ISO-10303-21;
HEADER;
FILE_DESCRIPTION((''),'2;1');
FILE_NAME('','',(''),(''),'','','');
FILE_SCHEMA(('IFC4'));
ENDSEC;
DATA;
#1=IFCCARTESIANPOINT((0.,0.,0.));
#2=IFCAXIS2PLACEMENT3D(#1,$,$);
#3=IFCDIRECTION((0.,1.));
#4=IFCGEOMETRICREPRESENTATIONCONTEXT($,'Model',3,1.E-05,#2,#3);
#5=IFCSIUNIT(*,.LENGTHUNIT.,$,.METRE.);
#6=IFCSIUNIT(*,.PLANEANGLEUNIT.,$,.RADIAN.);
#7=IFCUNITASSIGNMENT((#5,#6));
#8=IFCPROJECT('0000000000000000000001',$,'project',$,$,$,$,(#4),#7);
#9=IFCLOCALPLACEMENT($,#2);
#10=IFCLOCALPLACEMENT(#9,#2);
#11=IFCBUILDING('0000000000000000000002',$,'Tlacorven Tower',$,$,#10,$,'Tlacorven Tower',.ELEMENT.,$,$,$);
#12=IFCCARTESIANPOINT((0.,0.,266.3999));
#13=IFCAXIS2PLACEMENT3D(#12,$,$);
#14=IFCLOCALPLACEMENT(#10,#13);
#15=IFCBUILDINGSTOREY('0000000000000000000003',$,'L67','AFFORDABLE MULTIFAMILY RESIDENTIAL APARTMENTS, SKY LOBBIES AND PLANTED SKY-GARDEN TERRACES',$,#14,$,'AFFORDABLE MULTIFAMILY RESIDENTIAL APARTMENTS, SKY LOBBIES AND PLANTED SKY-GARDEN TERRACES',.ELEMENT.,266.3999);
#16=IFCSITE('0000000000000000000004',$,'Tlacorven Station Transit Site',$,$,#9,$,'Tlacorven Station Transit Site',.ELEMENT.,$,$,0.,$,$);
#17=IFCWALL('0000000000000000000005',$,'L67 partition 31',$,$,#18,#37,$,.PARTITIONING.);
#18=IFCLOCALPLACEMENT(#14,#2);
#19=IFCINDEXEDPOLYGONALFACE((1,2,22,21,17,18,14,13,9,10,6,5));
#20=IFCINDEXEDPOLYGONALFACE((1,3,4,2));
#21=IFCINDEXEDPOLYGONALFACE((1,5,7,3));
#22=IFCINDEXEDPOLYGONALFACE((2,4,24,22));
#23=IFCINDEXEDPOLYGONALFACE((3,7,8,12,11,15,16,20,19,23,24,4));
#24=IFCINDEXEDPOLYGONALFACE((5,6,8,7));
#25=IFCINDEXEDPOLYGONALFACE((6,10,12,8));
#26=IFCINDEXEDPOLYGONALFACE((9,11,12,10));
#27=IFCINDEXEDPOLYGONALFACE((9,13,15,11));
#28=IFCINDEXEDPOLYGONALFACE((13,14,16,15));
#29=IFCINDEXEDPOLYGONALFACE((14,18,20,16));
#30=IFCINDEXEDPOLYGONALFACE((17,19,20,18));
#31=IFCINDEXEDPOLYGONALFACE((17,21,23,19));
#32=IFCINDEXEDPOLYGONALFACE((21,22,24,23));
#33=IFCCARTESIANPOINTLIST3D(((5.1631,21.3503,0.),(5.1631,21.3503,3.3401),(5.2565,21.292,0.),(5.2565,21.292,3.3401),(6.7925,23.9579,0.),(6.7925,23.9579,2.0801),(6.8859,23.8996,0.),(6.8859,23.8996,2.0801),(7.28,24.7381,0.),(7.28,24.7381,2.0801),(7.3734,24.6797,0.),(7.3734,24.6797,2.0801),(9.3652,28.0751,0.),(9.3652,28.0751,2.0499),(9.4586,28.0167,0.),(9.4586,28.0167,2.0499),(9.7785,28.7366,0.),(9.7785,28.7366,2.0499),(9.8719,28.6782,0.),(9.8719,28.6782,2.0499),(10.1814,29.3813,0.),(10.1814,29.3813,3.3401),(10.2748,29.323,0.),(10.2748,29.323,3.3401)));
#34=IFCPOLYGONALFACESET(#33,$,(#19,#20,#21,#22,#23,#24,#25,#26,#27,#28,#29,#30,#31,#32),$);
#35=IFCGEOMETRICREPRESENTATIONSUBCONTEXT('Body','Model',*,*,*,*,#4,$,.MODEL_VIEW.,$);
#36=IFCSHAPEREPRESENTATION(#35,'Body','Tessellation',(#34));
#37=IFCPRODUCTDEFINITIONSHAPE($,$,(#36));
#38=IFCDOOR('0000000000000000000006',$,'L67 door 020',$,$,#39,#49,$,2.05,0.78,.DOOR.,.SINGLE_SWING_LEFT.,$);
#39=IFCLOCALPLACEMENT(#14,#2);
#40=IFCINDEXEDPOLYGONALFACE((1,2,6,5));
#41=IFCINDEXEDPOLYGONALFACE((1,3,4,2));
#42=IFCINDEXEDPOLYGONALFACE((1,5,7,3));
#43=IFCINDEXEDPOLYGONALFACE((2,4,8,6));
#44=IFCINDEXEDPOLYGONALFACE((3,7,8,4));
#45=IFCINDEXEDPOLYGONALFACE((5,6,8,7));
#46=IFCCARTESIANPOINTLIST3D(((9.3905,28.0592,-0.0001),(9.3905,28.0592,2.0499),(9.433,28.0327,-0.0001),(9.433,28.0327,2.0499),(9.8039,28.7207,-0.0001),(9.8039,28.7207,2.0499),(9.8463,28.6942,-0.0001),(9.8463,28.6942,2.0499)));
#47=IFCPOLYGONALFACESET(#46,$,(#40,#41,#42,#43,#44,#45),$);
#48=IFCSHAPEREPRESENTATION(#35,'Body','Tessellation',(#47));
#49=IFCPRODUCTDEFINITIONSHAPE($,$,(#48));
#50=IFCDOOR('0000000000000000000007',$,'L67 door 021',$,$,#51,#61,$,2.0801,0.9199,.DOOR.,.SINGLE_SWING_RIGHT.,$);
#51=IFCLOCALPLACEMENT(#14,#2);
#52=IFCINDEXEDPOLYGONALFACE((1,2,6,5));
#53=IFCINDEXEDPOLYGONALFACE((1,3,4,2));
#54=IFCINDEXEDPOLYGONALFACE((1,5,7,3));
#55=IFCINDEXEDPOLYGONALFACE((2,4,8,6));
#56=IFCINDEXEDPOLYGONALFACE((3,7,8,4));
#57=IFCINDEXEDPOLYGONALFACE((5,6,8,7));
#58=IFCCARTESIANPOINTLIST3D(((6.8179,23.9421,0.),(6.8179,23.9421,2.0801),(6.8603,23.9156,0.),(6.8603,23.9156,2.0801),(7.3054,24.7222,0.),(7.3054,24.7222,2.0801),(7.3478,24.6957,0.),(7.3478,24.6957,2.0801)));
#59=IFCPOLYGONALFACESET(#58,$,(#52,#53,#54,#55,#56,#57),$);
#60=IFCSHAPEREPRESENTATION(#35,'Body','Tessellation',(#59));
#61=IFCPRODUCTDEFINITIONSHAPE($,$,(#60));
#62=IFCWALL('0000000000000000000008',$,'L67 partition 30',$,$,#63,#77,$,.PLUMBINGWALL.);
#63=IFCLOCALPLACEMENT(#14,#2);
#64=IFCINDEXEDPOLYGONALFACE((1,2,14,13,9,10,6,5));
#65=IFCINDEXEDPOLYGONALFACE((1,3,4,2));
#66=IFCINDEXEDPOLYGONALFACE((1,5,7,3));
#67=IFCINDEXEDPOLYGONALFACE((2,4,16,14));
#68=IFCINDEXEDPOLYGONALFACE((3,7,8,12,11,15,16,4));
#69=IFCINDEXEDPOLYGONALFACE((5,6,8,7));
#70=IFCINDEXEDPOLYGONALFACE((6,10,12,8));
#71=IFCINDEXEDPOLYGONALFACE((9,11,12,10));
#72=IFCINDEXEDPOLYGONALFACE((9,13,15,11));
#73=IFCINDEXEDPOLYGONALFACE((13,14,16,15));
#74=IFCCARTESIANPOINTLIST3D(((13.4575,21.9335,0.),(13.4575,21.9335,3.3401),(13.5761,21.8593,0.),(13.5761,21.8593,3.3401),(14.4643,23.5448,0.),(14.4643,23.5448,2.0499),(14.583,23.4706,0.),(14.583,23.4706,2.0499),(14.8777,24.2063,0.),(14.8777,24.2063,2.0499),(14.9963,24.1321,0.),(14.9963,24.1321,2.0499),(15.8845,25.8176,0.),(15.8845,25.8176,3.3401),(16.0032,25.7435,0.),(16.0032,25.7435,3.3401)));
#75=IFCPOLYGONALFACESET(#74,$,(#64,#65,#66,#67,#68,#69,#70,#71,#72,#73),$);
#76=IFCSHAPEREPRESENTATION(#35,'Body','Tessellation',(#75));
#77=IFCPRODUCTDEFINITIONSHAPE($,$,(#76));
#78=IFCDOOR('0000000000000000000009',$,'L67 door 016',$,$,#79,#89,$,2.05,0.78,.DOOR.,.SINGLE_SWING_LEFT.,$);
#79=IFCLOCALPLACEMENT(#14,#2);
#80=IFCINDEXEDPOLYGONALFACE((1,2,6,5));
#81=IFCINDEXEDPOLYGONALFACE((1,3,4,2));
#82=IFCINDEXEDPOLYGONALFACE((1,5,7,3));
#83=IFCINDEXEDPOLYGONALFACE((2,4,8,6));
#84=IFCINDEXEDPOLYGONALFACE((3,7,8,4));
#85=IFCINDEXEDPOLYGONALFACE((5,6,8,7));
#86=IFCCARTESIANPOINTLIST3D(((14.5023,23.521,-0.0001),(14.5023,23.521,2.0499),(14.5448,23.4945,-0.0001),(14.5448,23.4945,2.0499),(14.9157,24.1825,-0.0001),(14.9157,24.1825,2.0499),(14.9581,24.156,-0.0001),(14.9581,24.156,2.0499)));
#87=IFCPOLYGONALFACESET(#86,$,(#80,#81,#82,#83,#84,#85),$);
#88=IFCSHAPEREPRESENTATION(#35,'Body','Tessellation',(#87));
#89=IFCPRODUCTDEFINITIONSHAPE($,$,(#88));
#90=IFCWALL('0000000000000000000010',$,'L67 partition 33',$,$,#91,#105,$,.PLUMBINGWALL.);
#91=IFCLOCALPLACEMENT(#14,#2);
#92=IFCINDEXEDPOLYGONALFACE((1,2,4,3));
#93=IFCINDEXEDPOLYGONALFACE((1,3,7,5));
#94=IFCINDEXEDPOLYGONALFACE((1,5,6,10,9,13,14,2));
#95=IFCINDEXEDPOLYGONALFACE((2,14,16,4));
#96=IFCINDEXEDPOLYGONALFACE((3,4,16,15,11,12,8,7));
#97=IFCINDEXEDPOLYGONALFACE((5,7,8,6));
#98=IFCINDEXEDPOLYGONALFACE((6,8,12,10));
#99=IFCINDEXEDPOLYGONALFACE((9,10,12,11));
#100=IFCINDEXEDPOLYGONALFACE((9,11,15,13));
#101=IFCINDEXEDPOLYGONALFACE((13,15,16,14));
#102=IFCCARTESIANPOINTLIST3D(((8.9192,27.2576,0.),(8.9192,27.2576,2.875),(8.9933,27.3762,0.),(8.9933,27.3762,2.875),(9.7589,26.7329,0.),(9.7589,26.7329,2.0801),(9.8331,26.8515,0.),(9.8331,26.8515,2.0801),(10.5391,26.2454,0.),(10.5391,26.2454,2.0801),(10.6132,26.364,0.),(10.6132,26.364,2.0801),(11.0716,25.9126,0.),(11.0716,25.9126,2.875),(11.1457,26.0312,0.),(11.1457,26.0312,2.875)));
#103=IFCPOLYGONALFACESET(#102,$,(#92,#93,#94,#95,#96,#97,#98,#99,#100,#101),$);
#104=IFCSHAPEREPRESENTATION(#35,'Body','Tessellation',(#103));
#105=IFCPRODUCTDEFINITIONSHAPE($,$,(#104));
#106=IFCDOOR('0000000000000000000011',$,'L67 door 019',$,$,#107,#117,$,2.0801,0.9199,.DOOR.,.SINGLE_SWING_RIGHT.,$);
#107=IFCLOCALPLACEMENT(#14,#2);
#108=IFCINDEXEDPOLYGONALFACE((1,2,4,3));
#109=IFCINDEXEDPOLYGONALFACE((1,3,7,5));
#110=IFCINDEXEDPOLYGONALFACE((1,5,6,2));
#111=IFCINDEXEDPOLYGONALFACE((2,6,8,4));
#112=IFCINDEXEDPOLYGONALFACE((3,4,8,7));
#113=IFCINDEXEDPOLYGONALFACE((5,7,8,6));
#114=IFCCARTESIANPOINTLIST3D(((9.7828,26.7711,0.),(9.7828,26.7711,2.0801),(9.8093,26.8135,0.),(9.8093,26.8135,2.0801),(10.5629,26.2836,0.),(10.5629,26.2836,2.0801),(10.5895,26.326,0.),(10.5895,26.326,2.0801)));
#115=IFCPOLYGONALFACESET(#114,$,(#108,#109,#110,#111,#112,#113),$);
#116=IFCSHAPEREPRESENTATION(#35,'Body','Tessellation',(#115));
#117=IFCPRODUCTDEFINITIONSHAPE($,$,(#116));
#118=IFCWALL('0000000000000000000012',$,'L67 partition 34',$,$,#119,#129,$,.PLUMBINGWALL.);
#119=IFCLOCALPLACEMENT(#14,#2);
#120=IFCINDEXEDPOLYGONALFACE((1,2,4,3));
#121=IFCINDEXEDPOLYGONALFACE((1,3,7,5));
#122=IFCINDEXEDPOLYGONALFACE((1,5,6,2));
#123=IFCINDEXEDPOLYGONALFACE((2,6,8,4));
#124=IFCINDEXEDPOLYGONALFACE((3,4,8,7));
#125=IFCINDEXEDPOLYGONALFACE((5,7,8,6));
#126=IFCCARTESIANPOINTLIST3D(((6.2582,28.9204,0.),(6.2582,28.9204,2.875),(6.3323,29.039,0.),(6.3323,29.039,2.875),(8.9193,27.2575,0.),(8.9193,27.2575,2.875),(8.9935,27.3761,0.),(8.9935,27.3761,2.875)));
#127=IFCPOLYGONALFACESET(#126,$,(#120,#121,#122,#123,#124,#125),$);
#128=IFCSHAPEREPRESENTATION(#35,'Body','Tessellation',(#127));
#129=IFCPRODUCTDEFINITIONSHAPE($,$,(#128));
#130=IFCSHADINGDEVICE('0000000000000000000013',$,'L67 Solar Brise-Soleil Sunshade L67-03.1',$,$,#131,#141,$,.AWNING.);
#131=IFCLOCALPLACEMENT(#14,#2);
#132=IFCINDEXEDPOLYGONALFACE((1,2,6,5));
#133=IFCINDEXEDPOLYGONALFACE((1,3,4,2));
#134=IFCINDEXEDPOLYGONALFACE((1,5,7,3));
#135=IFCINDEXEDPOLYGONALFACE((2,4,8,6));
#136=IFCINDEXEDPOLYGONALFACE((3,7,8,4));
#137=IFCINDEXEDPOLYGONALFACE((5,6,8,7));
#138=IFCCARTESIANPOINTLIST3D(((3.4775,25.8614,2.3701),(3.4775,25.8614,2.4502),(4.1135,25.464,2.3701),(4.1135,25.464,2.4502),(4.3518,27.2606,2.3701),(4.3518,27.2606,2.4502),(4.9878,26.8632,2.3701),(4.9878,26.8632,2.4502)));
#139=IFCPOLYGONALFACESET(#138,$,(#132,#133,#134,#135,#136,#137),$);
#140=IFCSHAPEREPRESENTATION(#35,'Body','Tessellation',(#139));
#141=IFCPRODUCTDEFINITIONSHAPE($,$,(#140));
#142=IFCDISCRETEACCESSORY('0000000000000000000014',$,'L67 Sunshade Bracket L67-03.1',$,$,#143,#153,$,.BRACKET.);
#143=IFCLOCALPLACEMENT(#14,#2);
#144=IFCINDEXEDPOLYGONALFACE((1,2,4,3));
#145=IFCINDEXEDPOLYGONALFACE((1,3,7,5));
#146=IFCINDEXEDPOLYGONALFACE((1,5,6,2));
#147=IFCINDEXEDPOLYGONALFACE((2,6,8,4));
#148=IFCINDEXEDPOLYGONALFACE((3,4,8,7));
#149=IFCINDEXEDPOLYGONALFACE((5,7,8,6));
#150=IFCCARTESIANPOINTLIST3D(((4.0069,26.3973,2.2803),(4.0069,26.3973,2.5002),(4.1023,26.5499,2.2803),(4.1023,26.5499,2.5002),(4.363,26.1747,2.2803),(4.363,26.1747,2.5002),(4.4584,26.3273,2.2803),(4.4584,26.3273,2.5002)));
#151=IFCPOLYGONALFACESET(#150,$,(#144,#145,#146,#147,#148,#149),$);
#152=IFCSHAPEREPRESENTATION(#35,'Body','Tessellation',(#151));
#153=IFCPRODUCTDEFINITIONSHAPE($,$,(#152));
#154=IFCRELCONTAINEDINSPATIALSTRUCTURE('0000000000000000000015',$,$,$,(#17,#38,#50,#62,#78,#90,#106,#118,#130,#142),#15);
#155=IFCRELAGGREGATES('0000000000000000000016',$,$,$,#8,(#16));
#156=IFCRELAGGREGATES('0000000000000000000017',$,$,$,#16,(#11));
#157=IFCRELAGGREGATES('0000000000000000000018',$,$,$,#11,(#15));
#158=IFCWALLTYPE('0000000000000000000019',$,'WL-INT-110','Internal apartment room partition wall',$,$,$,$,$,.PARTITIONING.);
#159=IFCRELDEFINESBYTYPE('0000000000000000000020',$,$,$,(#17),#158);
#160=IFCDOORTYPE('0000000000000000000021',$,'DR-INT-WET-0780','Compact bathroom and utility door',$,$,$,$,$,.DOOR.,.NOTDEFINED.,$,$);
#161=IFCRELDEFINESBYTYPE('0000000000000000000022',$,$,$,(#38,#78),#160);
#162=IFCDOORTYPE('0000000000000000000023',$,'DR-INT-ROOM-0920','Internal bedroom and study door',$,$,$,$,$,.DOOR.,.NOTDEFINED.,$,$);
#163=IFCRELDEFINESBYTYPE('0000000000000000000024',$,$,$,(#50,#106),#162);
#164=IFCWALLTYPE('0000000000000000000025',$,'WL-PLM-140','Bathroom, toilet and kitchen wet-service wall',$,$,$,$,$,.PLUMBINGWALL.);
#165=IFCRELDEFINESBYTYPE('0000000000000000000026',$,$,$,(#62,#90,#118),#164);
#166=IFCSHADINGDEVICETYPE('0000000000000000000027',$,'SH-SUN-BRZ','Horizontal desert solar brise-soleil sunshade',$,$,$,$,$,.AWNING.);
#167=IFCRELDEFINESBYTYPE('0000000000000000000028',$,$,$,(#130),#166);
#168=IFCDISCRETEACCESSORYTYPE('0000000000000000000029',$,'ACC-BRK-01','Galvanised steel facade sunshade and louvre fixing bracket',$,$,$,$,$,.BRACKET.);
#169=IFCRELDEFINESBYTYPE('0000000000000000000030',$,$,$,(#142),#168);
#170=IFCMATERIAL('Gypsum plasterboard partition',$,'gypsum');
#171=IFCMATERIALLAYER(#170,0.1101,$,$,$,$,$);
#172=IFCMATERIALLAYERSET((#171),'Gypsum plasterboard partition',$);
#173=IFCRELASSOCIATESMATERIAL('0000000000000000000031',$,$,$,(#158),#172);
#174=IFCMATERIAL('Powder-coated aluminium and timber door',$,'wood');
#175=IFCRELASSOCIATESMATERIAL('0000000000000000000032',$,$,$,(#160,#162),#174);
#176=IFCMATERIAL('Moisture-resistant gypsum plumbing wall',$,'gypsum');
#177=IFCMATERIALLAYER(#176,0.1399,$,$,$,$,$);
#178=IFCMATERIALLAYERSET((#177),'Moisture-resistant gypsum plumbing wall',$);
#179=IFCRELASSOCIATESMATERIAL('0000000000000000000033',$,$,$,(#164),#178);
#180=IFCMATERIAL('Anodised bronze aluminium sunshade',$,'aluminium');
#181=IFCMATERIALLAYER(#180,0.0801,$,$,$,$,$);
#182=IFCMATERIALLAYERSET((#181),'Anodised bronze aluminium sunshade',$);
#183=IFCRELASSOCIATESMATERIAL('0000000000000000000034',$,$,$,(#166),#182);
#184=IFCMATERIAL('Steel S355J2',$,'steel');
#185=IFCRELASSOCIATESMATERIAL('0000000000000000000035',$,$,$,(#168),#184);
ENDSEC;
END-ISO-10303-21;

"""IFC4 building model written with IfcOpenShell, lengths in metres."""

from ifc_helpers import new_model, si_unit, direction, frame, frame_2d, origin, origin_2d, place, context, subcontext, project, spatial, rectangle, extrude, source, transform, mapped, material, layer, layer_set, type_object, element, fill, save


model = new_model("IFC4")

# Units and contexts
model_context = context("Model", 3, precision=1e-05, world=origin(), true_north=direction((0.0, 1.0)))
body_context = subcontext(model_context, "Body", "Model", "MODEL_VIEW")
ifc_project = project(units=[si_unit("LENGTHUNIT", "METRE"), si_unit("PLANEANGLEUNIT", "RADIAN")], contexts=[model_context])

# Site, building, storey
site_placement = place(None, origin())
site = spatial("IfcSite", under=ifc_project, at=site_placement, Name="Tlacorven Station Transit Site", LongName="Tlacorven Station Transit Site", CompositionType="ELEMENT", RefElevation=0.0)
building_placement = place(site_placement, origin())
building = spatial("IfcBuilding", under=site, at=building_placement, Name="Tlacorven Tower", LongName="Tlacorven Tower", CompositionType="ELEMENT")
storey_placement = place(building_placement, frame((0.0, 0.0, 266.3999)))
storey = spatial("IfcBuildingStorey", under=building, at=storey_placement, Name="L67", Description="AFFORDABLE MULTIFAMILY RESIDENTIAL APARTMENTS, SKY LOBBIES AND PLANTED SKY-GARDEN TERRACES", LongName="AFFORDABLE MULTIFAMILY RESIDENTIAL APARTMENTS, SKY LOBBIES AND PLANTED SKY-GARDEN TERRACES", CompositionType="ELEMENT", Elevation=266.3999)

# Shared definitions
ifc_material_1 = material(Name="Steel S355J2", Category="steel")

# Wall, openings, doors
ifc_material_2 = material(Name="Gypsum plasterboard partition", Category="gypsum")
ifc_layer_1 = layer(ifc_material_2, 0.1101)
ifc_layer_set_1 = layer_set([ifc_layer_1], Name="Gypsum plasterboard partition")
wall_type_1 = type_object("IfcWallType", Name="WL-INT-110", Description="Internal apartment room partition wall", PredefinedType="PARTITIONING", material=ifc_layer_set_1)
wall_1_placement = place(storey_placement, frame((10.228, 29.3521, 0.0), z_axis=(0.0, 0.0, 1.0), x_axis=(-0.529918, -0.848049, 0.0)))
wall_1 = element("IfcWall", 1, at=wall_1_placement, inside=storey, type_object=wall_type_1, Name="L67 partition 31", PredefinedType="PARTITIONING", context=body_context, shape_type="SweptSolid", body=[
    extrude(rectangle(XDim=9.47, YDim=0.1101, at=frame_2d((4.7349, 0.0))), origin(), (0.0, 0.0, 1.0), 3.3401),
])
opening_1_placement = place(wall_1_placement, frame((0.76, 0.0, 0.0)))
opening_1 = element("IfcOpeningElement", 2, at=opening_1_placement, cuts=wall_1, PredefinedType="OPENING", context=body_context, shape_type="SweptSolid", body=[
    extrude(rectangle(XDim=0.78, YDim=2.05, at=frame_2d((0.3901, 1.0249))), frame((0.0, 0.0649, 0.0), z_axis=(0.0, -1.0, 0.0), x_axis=(1.0, 0.0, 0.0)), (0.0, 0.0, 1.0), 0.1301),
])
opening_2_placement = place(wall_1_placement, frame((5.4751, 0.0, 0.0)))
opening_2 = element("IfcOpeningElement", 3, at=opening_2_placement, cuts=wall_1, PredefinedType="OPENING", context=body_context, shape_type="SweptSolid", body=[
    extrude(rectangle(XDim=0.9199, YDim=2.0801, at=frame_2d((0.46, 1.04))), frame((0.0, 0.0649, 0.0), z_axis=(0.0, -1.0, 0.0), x_axis=(1.0, 0.0, 0.0)), (0.0, 0.0, 1.0), 0.1301),
])
ifc_material_3 = material(Name="Powder-coated aluminium and timber door", Category="wood")
door_type_1 = type_object("IfcDoorType", Name="DR-INT-WET-0780", Description="Compact bathroom and utility door", OperationType="NOTDEFINED", PredefinedType="DOOR", material=ifc_material_3)
shared_shape_1 = source(origin(), body_context, "Body", "SweptSolid", [
    extrude(rectangle(XDim=0.78, YDim=2.05, at=frame_2d((0.3901, 1.0249))), frame((0.0, 0.0249, 0.0), z_axis=(0.0, -1.0, 0.0), x_axis=(1.0, 0.0, 0.0)), (0.0, 0.0, 1.0), 0.05),
])
door_1_placement = place(opening_1_placement, origin())
door_1 = element("IfcDoor", 4, at=door_1_placement, inside=storey, type_object=door_type_1, Name="L67 door 020", OperationType="SINGLE_SWING_LEFT", OverallHeight=2.05, OverallWidth=0.78, PredefinedType="DOOR", context=body_context, shape_type="MappedRepresentation", body=[
    mapped(shared_shape_1, transform((0.0, 0.0, 0.0), scale=1.0)),
])
fill(opening_1, door_1)
door_type_2 = type_object("IfcDoorType", Name="DR-INT-ROOM-0920", Description="Internal bedroom and study door", OperationType="NOTDEFINED", PredefinedType="DOOR", material=ifc_material_3)
shared_shape_2 = source(origin(), body_context, "Body", "SweptSolid", [
    extrude(rectangle(XDim=0.9199, YDim=2.0801, at=frame_2d((0.46, 1.04))), frame((0.0, 0.0249, 0.0), z_axis=(0.0, -1.0, 0.0), x_axis=(1.0, 0.0, 0.0)), (0.0, 0.0, 1.0), 0.05),
])
door_2_placement = place(opening_2_placement, origin())
door_2 = element("IfcDoor", 5, at=door_2_placement, inside=storey, type_object=door_type_2, Name="L67 door 021", OperationType="SINGLE_SWING_RIGHT", OverallHeight=2.0801, OverallWidth=0.9199, PredefinedType="DOOR", context=body_context, shape_type="MappedRepresentation", body=[
    mapped(shared_shape_2, transform((0.0, 0.0, 0.0), scale=1.0)),
])
fill(opening_2, door_2)

# Walls, openings, doors
ifc_material_4 = material(Name="Moisture-resistant gypsum plumbing wall", Category="gypsum")
ifc_layer_2 = layer(ifc_material_4, 0.1399)
ifc_layer_set_2 = layer_set([ifc_layer_2], Name="Moisture-resistant gypsum plumbing wall")
wall_type_2 = type_object("IfcWallType", Name="WL-PLM-140", Description="Bathroom, toilet and kitchen wet-service wall", PredefinedType="PLUMBINGWALL", material=ifc_layer_set_2)
wall_2_placement = place(storey_placement, frame((15.9438, 25.7805, 0.0), z_axis=(0.0, 0.0, 1.0), x_axis=(-0.529917, -0.848049, 0.0)))
wall_2 = element("IfcWall", 6, at=wall_2_placement, inside=storey, type_object=wall_type_2, Name="L67 partition 30", PredefinedType="PLUMBINGWALL", context=body_context, shape_type="SweptSolid", body=[
    extrude(rectangle(XDim=4.5801, YDim=0.1399, at=frame_2d((2.29, 0.0))), origin(), (0.0, 0.0, 1.0), 3.3401),
])
opening_3_placement = place(wall_2_placement, frame((1.8999, 0.0, 0.0)))
opening_3 = element("IfcOpeningElement", 7, at=opening_3_placement, cuts=wall_2, PredefinedType="OPENING", context=body_context, shape_type="SweptSolid", body=[
    extrude(rectangle(XDim=0.78, YDim=2.05, at=frame_2d((0.3901, 1.0249))), frame((0.0, 0.0801, 0.0), z_axis=(0.0, -1.0, 0.0), x_axis=(1.0, 0.0, 0.0)), (0.0, 0.0, 1.0), 0.1599),
])
door_3_placement = place(opening_3_placement, origin())
door_3 = element("IfcDoor", 8, at=door_3_placement, inside=storey, type_object=door_type_1, Name="L67 door 016", OperationType="SINGLE_SWING_LEFT", OverallHeight=2.05, OverallWidth=0.78, PredefinedType="DOOR", context=body_context, shape_type="MappedRepresentation", body=[
    mapped(shared_shape_1, transform((0.0, 0.0, 0.0), scale=1.0)),
])
fill(opening_3, door_3)
wall_3_placement = place(storey_placement, frame((11.1086, 25.9719, 0.0), z_axis=(0.0, 0.0, 1.0), x_axis=(-0.848042, 0.52993, 0.0)))
wall_3 = element("IfcWall", 9, at=wall_3_placement, inside=storey, type_object=wall_type_2, Name="L67 partition 33", PredefinedType="PLUMBINGWALL", context=body_context, shape_type="SweptSolid", body=[
    extrude(rectangle(XDim=2.5381, YDim=0.1399, at=frame_2d((1.269, 0.0))), origin(), (0.0, 0.0, 1.0), 2.875),
])
opening_4_placement = place(wall_3_placement, frame((0.6279, 0.0, 0.0)))
opening_4 = element("IfcOpeningElement", 10, at=opening_4_placement, cuts=wall_3, PredefinedType="OPENING", context=body_context, shape_type="SweptSolid", body=[
    extrude(rectangle(XDim=0.9199, YDim=2.0801, at=frame_2d((0.46, 1.04))), frame((0.0, 0.0801, 0.0), z_axis=(0.0, -1.0, 0.0), x_axis=(1.0, 0.0, 0.0)), (0.0, 0.0, 1.0), 0.1599),
])
door_4_placement = place(opening_4_placement, origin())
door_4 = element("IfcDoor", 11, at=door_4_placement, inside=storey, type_object=door_type_2, Name="L67 door 019", OperationType="SINGLE_SWING_RIGHT", OverallHeight=2.0801, OverallWidth=0.9199, PredefinedType="DOOR", context=body_context, shape_type="MappedRepresentation", body=[
    mapped(shared_shape_2, transform((0.0, 0.0, 0.0), scale=1.0)),
])
fill(opening_4, door_4)

# Wall
wall_4_placement = place(storey_placement, frame((8.9563, 27.3169, 0.0), z_axis=(0.0, 0.0, 1.0), x_axis=(-0.848051, 0.529915, 0.0)))
element("IfcWall", 12, at=wall_4_placement, inside=storey, type_object=wall_type_2, Name="L67 partition 34", PredefinedType="PLUMBINGWALL", context=body_context, shape_type="SweptSolid", body=[
    extrude(rectangle(XDim=3.1379, YDim=0.1399, at=frame_2d((1.5688, 0.0))), origin(), (0.0, 0.0, 1.0), 2.875),
])

# Shading device
ifc_material_5 = material(Name="Anodised bronze aluminium sunshade", Category="aluminium")
ifc_layer_3 = layer(ifc_material_5, 0.0801)
ifc_layer_set_3 = layer_set([ifc_layer_3], Name="Anodised bronze aluminium sunshade")
shading_device_type = type_object("IfcShadingDeviceType", Name="SH-SUN-BRZ", Description="Horizontal desert solar brise-soleil sunshade", PredefinedType="AWNING", material=ifc_layer_set_3)
shared_shape_3 = source(origin(), body_context, "Body", "SweptSolid", [
    extrude(rectangle(XDim=1.6499, YDim=0.75, at=origin_2d()), origin(), (0.0, 0.0, 1.0), 0.0801),
])
shading_device_placement = place(storey_placement, frame((4.2327, 26.3623, 2.3701), z_axis=(0.0, 0.0, 1.0), x_axis=(0.529919, 0.848048, 0.0)))
element("IfcShadingDevice", 13, at=shading_device_placement, inside=storey, type_object=shading_device_type, Name="L67 Solar Brise-Soleil Sunshade L67-03.1", PredefinedType="AWNING", context=body_context, shape_type="MappedRepresentation", body=[
    mapped(shared_shape_3, transform((0.0, 0.0, 0.0), scale=1.0)),
])

# Discrete accessory
discrete_accessory_type = type_object("IfcDiscreteAccessoryType", Name="ACC-BRK-01", Description="Galvanised steel facade sunshade and louvre fixing bracket", PredefinedType="BRACKET", material=ifc_material_1)
shared_shape_4 = source(origin(), body_context, "Body", "SweptSolid", [
    extrude(rectangle(XDim=0.1799, YDim=0.4199, at=origin_2d()), origin(), (0.0, 0.0, 1.0), 0.22),
])
discrete_accessory_placement = place(storey_placement, frame((4.2327, 26.3623, 2.2803), z_axis=(0.0, 0.0, 1.0), x_axis=(0.529919, 0.848048, 0.0)))
element("IfcDiscreteAccessory", 14, at=discrete_accessory_placement, inside=storey, type_object=discrete_accessory_type, Name="L67 Sunshade Bracket L67-03.1", PredefinedType="BRACKET", context=body_context, shape_type="MappedRepresentation", body=[
    mapped(shared_shape_4, transform((0.0, 0.0, 0.0), scale=1.0)),
])

save(model, "model.ifc")
